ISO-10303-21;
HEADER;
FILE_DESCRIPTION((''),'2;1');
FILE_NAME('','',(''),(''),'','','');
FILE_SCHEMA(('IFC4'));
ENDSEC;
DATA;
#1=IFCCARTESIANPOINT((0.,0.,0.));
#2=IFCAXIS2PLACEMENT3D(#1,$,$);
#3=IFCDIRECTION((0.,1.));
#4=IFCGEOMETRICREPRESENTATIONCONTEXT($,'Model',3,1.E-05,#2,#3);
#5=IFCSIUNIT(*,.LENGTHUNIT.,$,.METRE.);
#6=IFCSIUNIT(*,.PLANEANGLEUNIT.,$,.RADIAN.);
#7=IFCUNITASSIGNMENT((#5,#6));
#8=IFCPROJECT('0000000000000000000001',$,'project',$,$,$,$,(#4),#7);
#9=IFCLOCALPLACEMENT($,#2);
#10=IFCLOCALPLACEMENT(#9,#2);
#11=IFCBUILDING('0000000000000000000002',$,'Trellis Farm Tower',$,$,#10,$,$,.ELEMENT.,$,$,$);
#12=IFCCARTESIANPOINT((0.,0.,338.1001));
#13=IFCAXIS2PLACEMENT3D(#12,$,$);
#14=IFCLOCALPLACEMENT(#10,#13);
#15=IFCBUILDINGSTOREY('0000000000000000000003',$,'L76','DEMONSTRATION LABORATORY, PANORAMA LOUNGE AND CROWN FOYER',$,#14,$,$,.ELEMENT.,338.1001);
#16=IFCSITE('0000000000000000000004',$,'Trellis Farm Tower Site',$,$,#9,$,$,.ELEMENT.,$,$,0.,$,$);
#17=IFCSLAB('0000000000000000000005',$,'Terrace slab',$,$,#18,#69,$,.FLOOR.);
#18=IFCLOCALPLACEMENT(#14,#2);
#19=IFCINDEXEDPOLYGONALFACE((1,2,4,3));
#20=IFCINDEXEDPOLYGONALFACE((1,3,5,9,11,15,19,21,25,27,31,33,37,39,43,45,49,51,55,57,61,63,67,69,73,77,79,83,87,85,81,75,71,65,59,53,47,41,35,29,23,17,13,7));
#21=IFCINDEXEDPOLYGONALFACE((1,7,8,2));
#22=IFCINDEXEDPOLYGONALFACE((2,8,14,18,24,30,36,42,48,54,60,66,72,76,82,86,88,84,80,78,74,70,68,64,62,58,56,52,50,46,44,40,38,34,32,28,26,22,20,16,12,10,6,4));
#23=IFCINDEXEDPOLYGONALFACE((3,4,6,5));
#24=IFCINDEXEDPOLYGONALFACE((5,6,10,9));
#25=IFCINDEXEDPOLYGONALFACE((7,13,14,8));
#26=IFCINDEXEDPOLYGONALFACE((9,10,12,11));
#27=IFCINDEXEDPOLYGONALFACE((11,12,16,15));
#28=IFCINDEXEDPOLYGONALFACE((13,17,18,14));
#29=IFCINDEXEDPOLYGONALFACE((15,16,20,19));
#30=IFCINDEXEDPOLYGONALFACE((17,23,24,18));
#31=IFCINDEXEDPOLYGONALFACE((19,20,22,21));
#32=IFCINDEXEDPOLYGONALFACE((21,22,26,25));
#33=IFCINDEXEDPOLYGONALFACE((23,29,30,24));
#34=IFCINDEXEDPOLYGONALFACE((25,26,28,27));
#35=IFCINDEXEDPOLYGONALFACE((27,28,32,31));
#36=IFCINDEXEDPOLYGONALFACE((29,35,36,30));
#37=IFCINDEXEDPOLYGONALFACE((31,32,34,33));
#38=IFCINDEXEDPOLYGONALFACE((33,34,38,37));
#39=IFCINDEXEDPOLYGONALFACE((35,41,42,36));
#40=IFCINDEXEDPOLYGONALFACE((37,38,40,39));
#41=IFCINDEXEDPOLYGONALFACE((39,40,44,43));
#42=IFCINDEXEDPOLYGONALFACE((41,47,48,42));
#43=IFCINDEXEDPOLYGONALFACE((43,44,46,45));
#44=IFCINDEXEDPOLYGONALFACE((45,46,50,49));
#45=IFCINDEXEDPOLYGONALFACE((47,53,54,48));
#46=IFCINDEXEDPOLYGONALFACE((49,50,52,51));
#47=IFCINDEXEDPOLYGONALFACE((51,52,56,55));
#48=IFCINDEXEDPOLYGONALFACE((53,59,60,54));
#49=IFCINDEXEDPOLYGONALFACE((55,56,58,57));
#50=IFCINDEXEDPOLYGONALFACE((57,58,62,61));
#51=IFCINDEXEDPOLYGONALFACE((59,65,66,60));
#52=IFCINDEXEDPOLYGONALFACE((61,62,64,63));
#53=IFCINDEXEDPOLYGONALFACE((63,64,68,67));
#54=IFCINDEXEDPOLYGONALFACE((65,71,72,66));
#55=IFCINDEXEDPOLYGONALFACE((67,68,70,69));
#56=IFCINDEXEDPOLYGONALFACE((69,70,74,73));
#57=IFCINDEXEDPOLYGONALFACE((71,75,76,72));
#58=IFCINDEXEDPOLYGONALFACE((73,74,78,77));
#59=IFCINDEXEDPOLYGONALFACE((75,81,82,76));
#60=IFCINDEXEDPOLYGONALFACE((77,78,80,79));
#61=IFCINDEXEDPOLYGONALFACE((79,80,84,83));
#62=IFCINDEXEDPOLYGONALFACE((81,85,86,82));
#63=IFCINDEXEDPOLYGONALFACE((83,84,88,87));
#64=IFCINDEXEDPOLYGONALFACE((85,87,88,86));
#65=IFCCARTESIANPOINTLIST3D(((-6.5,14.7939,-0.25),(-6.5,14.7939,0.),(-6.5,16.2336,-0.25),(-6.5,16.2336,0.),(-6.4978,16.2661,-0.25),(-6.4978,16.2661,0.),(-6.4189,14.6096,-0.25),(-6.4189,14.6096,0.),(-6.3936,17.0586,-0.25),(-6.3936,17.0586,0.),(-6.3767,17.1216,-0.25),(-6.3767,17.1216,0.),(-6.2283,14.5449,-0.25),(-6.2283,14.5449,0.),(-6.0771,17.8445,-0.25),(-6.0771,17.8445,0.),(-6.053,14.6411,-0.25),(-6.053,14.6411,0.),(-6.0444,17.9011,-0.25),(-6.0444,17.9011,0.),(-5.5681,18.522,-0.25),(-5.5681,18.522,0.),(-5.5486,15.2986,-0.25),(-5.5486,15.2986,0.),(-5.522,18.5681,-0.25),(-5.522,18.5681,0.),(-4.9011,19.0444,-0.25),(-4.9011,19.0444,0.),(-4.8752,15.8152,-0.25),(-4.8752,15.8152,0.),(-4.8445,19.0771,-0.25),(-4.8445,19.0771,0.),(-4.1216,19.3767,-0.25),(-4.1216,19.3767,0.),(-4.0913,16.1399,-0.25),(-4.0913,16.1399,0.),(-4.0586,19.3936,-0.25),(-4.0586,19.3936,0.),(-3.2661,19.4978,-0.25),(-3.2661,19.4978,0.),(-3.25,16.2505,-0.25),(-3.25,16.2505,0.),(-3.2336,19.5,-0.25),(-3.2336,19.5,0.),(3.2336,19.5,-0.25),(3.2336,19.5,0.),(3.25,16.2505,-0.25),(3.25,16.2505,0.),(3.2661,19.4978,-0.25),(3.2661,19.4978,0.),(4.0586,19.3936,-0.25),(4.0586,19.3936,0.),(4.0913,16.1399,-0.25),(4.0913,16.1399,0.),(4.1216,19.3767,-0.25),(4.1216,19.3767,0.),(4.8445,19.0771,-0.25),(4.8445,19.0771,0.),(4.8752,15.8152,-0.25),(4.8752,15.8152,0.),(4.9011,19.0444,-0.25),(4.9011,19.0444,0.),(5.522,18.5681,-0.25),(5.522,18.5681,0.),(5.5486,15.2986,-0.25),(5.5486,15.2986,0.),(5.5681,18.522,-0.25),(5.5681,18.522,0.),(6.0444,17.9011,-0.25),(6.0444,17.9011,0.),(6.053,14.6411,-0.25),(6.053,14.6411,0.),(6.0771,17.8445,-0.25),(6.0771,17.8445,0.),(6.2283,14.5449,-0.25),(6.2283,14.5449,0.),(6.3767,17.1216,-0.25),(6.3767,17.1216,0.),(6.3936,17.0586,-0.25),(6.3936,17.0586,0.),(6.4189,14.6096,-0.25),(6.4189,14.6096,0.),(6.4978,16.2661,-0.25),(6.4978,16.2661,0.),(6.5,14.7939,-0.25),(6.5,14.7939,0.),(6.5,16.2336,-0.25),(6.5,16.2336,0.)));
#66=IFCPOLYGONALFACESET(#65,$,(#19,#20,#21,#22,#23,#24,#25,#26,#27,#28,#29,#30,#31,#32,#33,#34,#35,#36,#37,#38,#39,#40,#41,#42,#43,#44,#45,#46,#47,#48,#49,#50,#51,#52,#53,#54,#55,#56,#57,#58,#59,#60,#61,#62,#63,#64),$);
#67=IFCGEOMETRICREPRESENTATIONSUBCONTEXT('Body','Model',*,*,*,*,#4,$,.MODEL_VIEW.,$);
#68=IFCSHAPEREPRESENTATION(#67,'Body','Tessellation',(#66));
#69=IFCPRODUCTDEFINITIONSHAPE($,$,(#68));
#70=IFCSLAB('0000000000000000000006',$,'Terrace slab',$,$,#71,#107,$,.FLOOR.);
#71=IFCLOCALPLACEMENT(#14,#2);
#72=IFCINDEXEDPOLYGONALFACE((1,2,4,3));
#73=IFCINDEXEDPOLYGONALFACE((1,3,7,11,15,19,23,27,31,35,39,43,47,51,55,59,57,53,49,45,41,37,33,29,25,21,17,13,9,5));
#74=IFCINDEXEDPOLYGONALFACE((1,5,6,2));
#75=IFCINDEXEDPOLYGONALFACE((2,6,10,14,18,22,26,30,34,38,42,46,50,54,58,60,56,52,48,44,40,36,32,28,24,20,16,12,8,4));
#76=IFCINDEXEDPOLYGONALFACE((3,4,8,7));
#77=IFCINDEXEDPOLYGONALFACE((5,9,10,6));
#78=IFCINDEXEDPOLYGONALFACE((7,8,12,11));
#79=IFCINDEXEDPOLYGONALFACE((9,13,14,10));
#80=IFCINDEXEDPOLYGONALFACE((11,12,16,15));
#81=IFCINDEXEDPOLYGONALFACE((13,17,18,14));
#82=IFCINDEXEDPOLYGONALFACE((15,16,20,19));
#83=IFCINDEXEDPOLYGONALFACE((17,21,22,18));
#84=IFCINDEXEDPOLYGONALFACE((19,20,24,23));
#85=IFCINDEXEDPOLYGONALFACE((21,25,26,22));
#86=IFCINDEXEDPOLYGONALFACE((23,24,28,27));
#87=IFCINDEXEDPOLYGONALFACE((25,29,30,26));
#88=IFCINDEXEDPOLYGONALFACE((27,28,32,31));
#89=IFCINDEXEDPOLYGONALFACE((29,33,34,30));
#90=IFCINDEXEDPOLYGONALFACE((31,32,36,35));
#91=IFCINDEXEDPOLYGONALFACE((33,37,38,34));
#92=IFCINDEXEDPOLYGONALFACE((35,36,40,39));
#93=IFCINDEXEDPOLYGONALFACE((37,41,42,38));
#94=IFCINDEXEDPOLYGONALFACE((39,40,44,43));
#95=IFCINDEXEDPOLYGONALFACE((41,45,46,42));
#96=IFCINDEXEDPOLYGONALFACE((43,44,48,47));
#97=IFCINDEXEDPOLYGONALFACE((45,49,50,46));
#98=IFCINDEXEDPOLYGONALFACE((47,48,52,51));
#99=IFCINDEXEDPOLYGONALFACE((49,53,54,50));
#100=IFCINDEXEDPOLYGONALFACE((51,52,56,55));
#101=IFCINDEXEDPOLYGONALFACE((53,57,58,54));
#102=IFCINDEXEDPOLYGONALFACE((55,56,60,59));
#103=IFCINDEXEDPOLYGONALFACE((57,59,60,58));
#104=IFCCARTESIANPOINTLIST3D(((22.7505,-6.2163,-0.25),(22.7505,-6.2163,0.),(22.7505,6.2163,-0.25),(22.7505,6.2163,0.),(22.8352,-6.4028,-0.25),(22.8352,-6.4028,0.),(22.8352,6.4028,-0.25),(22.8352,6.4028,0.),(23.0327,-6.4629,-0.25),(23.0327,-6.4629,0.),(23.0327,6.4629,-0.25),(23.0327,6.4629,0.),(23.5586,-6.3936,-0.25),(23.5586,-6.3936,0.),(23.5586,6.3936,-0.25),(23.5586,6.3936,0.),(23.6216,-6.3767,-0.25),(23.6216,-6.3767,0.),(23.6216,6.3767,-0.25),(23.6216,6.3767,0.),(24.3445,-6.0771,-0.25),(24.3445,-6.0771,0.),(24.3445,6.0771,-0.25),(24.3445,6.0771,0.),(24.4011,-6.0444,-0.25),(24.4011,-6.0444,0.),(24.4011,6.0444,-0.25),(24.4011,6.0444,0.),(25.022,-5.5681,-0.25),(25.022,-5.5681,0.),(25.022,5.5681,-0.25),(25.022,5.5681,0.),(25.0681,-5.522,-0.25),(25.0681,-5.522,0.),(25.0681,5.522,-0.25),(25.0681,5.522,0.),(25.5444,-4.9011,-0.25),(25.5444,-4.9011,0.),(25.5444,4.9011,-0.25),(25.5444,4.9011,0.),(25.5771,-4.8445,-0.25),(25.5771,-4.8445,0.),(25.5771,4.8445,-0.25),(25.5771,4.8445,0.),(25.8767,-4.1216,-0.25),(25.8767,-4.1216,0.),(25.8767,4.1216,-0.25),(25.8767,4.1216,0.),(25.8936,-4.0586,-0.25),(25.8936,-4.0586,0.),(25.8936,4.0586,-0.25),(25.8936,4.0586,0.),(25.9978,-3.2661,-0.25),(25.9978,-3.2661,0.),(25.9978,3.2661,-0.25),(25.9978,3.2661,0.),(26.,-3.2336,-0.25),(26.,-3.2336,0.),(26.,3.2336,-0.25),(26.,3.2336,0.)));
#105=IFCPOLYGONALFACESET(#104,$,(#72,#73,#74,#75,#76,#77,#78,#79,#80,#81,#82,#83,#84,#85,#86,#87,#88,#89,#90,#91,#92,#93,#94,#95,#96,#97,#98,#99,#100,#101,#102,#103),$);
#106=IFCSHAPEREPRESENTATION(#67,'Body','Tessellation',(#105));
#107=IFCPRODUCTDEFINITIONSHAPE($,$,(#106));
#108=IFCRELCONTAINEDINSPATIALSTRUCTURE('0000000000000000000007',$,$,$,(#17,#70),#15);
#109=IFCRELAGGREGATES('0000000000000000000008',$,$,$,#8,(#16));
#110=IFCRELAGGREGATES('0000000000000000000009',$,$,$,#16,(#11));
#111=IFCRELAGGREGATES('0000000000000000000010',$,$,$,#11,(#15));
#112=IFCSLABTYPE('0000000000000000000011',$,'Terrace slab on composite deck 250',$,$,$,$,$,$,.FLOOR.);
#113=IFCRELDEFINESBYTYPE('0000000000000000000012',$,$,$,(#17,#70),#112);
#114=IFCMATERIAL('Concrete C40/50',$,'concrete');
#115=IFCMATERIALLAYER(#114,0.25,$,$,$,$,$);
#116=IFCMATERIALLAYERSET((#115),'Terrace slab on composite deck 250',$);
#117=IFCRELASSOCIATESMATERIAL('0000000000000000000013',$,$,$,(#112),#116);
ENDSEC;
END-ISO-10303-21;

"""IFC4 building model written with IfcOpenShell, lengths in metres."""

from ifc_helpers import new_model, si_unit, direction, frame, origin, place, context, subcontext, project, spatial, polyline, outline, extrude, material, layer, layer_set, type_object, element, save


model = new_model("IFC4")

# Units and contexts
model_context = context("Model", 3, precision=1e-05, world=origin(), true_north=direction((0.0, 1.0)))
body_context = subcontext(model_context, "Body", "Model", "MODEL_VIEW")
ifc_project = project(units=[si_unit("LENGTHUNIT", "METRE"), si_unit("PLANEANGLEUNIT", "RADIAN")], contexts=[model_context])

# Site, building, storey
site_placement = place(None, origin())
site = spatial("IfcSite", under=ifc_project, at=site_placement, Name="Trellis Farm Tower Site", CompositionType="ELEMENT", RefElevation=0.0)
building_placement = place(site_placement, origin())
building = spatial("IfcBuilding", under=site, at=building_placement, Name="Trellis Farm Tower", CompositionType="ELEMENT")
storey_placement = place(building_placement, frame((0.0, 0.0, 338.1001)))
storey = spatial("IfcBuildingStorey", under=building, at=storey_placement, Name="L76", Description="DEMONSTRATION LABORATORY, PANORAMA LOUNGE AND CROWN FOYER", CompositionType="ELEMENT", Elevation=338.1001)

# Slabs
ifc_material_1 = material(Name="Concrete C40/50", Category="concrete")
ifc_layer_1 = layer(ifc_material_1, 0.25)
ifc_layer_set_1 = layer_set([ifc_layer_1], Name="Terrace slab on composite deck 250")
slab_type_1 = type_object("IfcSlabType", Name="Terrace slab on composite deck 250", PredefinedType="FLOOR", material=ifc_layer_set_1)
placement_1 = place(storey_placement, frame((0.0, 0.0, -0.25)))
element("IfcSlab", 1, at=placement_1, inside=storey, type_object=slab_type_1, Name="Terrace slab", PredefinedType="FLOOR", context=body_context, shape_type="SweptSolid", body=[
    extrude(outline(polyline([(-6.4189, 14.6096), (-6.5, 14.7939), (-6.5, 16.2336), (-6.4978, 16.2661), (-6.3936, 17.0586), (-6.3767, 17.1216), (-6.0771, 17.8445), (-6.0444, 17.9011), (-5.5681, 18.522), (-5.522, 18.5681), (-4.9011, 19.0444), (-4.8445, 19.0771), (-4.1216, 19.3767), (-4.0586, 19.3936), (-3.2661, 19.4978), (-3.2336, 19.5), (3.2336, 19.5), (3.2661, 19.4978), (4.0586, 19.3936), (4.1216, 19.3767), (4.8445, 19.0771), (4.9011, 19.0444), (5.522, 18.5681), (5.5681, 18.522), (6.0444, 17.9011), (6.0771, 17.8445), (6.3767, 17.1216), (6.3936, 17.0586), (6.4978, 16.2661), (6.5, 16.2336), (6.5, 14.7939), (6.4189, 14.6096), (6.2283, 14.5449), (6.053, 14.6411), (5.5486, 15.2986), (4.8752, 15.8152), (4.0913, 16.1399), (3.25, 16.2505), (-3.25, 16.2505), (-4.0913, 16.1399), (-4.8752, 15.8152), (-5.5486, 15.2986), (-6.053, 14.6411), (-6.2283, 14.5449), (-6.4189, 14.6096)])), origin(), (0.0, 0.0, 1.0), 0.25),
])
element("IfcSlab", 2, at=placement_1, inside=storey, type_object=slab_type_1, Name="Terrace slab", PredefinedType="FLOOR", context=body_context, shape_type="SweptSolid", body=[
    extrude(outline(polyline([(24.3445, 6.0771), (24.4011, 6.0444), (25.022, 5.5681), (25.0681, 5.522), (25.5444, 4.9011), (25.5771, 4.8445), (25.8767, 4.1216), (25.8936, 4.0586), (25.9978, 3.2661), (26.0, 3.2336), (26.0, -3.2336), (25.9978, -3.2661), (25.8936, -4.0586), (25.8767, -4.1216), (25.5771, -4.8445), (25.5444, -4.9011), (25.0681, -5.522), (25.022, -5.5681), (24.4011, -6.0444), (24.3445, -6.0771), (23.6216, -6.3767), (23.5586, -6.3936), (23.0327, -6.4629), (22.8352, -6.4028), (22.7505, -6.2163), (22.7505, 6.2163), (22.8352, 6.4028), (23.0327, 6.4629), (23.5586, 6.3936), (23.6216, 6.3767), (24.3445, 6.0771)])), origin(), (0.0, 0.0, 1.0), 0.25),
])

save(model, "model.ifc")
